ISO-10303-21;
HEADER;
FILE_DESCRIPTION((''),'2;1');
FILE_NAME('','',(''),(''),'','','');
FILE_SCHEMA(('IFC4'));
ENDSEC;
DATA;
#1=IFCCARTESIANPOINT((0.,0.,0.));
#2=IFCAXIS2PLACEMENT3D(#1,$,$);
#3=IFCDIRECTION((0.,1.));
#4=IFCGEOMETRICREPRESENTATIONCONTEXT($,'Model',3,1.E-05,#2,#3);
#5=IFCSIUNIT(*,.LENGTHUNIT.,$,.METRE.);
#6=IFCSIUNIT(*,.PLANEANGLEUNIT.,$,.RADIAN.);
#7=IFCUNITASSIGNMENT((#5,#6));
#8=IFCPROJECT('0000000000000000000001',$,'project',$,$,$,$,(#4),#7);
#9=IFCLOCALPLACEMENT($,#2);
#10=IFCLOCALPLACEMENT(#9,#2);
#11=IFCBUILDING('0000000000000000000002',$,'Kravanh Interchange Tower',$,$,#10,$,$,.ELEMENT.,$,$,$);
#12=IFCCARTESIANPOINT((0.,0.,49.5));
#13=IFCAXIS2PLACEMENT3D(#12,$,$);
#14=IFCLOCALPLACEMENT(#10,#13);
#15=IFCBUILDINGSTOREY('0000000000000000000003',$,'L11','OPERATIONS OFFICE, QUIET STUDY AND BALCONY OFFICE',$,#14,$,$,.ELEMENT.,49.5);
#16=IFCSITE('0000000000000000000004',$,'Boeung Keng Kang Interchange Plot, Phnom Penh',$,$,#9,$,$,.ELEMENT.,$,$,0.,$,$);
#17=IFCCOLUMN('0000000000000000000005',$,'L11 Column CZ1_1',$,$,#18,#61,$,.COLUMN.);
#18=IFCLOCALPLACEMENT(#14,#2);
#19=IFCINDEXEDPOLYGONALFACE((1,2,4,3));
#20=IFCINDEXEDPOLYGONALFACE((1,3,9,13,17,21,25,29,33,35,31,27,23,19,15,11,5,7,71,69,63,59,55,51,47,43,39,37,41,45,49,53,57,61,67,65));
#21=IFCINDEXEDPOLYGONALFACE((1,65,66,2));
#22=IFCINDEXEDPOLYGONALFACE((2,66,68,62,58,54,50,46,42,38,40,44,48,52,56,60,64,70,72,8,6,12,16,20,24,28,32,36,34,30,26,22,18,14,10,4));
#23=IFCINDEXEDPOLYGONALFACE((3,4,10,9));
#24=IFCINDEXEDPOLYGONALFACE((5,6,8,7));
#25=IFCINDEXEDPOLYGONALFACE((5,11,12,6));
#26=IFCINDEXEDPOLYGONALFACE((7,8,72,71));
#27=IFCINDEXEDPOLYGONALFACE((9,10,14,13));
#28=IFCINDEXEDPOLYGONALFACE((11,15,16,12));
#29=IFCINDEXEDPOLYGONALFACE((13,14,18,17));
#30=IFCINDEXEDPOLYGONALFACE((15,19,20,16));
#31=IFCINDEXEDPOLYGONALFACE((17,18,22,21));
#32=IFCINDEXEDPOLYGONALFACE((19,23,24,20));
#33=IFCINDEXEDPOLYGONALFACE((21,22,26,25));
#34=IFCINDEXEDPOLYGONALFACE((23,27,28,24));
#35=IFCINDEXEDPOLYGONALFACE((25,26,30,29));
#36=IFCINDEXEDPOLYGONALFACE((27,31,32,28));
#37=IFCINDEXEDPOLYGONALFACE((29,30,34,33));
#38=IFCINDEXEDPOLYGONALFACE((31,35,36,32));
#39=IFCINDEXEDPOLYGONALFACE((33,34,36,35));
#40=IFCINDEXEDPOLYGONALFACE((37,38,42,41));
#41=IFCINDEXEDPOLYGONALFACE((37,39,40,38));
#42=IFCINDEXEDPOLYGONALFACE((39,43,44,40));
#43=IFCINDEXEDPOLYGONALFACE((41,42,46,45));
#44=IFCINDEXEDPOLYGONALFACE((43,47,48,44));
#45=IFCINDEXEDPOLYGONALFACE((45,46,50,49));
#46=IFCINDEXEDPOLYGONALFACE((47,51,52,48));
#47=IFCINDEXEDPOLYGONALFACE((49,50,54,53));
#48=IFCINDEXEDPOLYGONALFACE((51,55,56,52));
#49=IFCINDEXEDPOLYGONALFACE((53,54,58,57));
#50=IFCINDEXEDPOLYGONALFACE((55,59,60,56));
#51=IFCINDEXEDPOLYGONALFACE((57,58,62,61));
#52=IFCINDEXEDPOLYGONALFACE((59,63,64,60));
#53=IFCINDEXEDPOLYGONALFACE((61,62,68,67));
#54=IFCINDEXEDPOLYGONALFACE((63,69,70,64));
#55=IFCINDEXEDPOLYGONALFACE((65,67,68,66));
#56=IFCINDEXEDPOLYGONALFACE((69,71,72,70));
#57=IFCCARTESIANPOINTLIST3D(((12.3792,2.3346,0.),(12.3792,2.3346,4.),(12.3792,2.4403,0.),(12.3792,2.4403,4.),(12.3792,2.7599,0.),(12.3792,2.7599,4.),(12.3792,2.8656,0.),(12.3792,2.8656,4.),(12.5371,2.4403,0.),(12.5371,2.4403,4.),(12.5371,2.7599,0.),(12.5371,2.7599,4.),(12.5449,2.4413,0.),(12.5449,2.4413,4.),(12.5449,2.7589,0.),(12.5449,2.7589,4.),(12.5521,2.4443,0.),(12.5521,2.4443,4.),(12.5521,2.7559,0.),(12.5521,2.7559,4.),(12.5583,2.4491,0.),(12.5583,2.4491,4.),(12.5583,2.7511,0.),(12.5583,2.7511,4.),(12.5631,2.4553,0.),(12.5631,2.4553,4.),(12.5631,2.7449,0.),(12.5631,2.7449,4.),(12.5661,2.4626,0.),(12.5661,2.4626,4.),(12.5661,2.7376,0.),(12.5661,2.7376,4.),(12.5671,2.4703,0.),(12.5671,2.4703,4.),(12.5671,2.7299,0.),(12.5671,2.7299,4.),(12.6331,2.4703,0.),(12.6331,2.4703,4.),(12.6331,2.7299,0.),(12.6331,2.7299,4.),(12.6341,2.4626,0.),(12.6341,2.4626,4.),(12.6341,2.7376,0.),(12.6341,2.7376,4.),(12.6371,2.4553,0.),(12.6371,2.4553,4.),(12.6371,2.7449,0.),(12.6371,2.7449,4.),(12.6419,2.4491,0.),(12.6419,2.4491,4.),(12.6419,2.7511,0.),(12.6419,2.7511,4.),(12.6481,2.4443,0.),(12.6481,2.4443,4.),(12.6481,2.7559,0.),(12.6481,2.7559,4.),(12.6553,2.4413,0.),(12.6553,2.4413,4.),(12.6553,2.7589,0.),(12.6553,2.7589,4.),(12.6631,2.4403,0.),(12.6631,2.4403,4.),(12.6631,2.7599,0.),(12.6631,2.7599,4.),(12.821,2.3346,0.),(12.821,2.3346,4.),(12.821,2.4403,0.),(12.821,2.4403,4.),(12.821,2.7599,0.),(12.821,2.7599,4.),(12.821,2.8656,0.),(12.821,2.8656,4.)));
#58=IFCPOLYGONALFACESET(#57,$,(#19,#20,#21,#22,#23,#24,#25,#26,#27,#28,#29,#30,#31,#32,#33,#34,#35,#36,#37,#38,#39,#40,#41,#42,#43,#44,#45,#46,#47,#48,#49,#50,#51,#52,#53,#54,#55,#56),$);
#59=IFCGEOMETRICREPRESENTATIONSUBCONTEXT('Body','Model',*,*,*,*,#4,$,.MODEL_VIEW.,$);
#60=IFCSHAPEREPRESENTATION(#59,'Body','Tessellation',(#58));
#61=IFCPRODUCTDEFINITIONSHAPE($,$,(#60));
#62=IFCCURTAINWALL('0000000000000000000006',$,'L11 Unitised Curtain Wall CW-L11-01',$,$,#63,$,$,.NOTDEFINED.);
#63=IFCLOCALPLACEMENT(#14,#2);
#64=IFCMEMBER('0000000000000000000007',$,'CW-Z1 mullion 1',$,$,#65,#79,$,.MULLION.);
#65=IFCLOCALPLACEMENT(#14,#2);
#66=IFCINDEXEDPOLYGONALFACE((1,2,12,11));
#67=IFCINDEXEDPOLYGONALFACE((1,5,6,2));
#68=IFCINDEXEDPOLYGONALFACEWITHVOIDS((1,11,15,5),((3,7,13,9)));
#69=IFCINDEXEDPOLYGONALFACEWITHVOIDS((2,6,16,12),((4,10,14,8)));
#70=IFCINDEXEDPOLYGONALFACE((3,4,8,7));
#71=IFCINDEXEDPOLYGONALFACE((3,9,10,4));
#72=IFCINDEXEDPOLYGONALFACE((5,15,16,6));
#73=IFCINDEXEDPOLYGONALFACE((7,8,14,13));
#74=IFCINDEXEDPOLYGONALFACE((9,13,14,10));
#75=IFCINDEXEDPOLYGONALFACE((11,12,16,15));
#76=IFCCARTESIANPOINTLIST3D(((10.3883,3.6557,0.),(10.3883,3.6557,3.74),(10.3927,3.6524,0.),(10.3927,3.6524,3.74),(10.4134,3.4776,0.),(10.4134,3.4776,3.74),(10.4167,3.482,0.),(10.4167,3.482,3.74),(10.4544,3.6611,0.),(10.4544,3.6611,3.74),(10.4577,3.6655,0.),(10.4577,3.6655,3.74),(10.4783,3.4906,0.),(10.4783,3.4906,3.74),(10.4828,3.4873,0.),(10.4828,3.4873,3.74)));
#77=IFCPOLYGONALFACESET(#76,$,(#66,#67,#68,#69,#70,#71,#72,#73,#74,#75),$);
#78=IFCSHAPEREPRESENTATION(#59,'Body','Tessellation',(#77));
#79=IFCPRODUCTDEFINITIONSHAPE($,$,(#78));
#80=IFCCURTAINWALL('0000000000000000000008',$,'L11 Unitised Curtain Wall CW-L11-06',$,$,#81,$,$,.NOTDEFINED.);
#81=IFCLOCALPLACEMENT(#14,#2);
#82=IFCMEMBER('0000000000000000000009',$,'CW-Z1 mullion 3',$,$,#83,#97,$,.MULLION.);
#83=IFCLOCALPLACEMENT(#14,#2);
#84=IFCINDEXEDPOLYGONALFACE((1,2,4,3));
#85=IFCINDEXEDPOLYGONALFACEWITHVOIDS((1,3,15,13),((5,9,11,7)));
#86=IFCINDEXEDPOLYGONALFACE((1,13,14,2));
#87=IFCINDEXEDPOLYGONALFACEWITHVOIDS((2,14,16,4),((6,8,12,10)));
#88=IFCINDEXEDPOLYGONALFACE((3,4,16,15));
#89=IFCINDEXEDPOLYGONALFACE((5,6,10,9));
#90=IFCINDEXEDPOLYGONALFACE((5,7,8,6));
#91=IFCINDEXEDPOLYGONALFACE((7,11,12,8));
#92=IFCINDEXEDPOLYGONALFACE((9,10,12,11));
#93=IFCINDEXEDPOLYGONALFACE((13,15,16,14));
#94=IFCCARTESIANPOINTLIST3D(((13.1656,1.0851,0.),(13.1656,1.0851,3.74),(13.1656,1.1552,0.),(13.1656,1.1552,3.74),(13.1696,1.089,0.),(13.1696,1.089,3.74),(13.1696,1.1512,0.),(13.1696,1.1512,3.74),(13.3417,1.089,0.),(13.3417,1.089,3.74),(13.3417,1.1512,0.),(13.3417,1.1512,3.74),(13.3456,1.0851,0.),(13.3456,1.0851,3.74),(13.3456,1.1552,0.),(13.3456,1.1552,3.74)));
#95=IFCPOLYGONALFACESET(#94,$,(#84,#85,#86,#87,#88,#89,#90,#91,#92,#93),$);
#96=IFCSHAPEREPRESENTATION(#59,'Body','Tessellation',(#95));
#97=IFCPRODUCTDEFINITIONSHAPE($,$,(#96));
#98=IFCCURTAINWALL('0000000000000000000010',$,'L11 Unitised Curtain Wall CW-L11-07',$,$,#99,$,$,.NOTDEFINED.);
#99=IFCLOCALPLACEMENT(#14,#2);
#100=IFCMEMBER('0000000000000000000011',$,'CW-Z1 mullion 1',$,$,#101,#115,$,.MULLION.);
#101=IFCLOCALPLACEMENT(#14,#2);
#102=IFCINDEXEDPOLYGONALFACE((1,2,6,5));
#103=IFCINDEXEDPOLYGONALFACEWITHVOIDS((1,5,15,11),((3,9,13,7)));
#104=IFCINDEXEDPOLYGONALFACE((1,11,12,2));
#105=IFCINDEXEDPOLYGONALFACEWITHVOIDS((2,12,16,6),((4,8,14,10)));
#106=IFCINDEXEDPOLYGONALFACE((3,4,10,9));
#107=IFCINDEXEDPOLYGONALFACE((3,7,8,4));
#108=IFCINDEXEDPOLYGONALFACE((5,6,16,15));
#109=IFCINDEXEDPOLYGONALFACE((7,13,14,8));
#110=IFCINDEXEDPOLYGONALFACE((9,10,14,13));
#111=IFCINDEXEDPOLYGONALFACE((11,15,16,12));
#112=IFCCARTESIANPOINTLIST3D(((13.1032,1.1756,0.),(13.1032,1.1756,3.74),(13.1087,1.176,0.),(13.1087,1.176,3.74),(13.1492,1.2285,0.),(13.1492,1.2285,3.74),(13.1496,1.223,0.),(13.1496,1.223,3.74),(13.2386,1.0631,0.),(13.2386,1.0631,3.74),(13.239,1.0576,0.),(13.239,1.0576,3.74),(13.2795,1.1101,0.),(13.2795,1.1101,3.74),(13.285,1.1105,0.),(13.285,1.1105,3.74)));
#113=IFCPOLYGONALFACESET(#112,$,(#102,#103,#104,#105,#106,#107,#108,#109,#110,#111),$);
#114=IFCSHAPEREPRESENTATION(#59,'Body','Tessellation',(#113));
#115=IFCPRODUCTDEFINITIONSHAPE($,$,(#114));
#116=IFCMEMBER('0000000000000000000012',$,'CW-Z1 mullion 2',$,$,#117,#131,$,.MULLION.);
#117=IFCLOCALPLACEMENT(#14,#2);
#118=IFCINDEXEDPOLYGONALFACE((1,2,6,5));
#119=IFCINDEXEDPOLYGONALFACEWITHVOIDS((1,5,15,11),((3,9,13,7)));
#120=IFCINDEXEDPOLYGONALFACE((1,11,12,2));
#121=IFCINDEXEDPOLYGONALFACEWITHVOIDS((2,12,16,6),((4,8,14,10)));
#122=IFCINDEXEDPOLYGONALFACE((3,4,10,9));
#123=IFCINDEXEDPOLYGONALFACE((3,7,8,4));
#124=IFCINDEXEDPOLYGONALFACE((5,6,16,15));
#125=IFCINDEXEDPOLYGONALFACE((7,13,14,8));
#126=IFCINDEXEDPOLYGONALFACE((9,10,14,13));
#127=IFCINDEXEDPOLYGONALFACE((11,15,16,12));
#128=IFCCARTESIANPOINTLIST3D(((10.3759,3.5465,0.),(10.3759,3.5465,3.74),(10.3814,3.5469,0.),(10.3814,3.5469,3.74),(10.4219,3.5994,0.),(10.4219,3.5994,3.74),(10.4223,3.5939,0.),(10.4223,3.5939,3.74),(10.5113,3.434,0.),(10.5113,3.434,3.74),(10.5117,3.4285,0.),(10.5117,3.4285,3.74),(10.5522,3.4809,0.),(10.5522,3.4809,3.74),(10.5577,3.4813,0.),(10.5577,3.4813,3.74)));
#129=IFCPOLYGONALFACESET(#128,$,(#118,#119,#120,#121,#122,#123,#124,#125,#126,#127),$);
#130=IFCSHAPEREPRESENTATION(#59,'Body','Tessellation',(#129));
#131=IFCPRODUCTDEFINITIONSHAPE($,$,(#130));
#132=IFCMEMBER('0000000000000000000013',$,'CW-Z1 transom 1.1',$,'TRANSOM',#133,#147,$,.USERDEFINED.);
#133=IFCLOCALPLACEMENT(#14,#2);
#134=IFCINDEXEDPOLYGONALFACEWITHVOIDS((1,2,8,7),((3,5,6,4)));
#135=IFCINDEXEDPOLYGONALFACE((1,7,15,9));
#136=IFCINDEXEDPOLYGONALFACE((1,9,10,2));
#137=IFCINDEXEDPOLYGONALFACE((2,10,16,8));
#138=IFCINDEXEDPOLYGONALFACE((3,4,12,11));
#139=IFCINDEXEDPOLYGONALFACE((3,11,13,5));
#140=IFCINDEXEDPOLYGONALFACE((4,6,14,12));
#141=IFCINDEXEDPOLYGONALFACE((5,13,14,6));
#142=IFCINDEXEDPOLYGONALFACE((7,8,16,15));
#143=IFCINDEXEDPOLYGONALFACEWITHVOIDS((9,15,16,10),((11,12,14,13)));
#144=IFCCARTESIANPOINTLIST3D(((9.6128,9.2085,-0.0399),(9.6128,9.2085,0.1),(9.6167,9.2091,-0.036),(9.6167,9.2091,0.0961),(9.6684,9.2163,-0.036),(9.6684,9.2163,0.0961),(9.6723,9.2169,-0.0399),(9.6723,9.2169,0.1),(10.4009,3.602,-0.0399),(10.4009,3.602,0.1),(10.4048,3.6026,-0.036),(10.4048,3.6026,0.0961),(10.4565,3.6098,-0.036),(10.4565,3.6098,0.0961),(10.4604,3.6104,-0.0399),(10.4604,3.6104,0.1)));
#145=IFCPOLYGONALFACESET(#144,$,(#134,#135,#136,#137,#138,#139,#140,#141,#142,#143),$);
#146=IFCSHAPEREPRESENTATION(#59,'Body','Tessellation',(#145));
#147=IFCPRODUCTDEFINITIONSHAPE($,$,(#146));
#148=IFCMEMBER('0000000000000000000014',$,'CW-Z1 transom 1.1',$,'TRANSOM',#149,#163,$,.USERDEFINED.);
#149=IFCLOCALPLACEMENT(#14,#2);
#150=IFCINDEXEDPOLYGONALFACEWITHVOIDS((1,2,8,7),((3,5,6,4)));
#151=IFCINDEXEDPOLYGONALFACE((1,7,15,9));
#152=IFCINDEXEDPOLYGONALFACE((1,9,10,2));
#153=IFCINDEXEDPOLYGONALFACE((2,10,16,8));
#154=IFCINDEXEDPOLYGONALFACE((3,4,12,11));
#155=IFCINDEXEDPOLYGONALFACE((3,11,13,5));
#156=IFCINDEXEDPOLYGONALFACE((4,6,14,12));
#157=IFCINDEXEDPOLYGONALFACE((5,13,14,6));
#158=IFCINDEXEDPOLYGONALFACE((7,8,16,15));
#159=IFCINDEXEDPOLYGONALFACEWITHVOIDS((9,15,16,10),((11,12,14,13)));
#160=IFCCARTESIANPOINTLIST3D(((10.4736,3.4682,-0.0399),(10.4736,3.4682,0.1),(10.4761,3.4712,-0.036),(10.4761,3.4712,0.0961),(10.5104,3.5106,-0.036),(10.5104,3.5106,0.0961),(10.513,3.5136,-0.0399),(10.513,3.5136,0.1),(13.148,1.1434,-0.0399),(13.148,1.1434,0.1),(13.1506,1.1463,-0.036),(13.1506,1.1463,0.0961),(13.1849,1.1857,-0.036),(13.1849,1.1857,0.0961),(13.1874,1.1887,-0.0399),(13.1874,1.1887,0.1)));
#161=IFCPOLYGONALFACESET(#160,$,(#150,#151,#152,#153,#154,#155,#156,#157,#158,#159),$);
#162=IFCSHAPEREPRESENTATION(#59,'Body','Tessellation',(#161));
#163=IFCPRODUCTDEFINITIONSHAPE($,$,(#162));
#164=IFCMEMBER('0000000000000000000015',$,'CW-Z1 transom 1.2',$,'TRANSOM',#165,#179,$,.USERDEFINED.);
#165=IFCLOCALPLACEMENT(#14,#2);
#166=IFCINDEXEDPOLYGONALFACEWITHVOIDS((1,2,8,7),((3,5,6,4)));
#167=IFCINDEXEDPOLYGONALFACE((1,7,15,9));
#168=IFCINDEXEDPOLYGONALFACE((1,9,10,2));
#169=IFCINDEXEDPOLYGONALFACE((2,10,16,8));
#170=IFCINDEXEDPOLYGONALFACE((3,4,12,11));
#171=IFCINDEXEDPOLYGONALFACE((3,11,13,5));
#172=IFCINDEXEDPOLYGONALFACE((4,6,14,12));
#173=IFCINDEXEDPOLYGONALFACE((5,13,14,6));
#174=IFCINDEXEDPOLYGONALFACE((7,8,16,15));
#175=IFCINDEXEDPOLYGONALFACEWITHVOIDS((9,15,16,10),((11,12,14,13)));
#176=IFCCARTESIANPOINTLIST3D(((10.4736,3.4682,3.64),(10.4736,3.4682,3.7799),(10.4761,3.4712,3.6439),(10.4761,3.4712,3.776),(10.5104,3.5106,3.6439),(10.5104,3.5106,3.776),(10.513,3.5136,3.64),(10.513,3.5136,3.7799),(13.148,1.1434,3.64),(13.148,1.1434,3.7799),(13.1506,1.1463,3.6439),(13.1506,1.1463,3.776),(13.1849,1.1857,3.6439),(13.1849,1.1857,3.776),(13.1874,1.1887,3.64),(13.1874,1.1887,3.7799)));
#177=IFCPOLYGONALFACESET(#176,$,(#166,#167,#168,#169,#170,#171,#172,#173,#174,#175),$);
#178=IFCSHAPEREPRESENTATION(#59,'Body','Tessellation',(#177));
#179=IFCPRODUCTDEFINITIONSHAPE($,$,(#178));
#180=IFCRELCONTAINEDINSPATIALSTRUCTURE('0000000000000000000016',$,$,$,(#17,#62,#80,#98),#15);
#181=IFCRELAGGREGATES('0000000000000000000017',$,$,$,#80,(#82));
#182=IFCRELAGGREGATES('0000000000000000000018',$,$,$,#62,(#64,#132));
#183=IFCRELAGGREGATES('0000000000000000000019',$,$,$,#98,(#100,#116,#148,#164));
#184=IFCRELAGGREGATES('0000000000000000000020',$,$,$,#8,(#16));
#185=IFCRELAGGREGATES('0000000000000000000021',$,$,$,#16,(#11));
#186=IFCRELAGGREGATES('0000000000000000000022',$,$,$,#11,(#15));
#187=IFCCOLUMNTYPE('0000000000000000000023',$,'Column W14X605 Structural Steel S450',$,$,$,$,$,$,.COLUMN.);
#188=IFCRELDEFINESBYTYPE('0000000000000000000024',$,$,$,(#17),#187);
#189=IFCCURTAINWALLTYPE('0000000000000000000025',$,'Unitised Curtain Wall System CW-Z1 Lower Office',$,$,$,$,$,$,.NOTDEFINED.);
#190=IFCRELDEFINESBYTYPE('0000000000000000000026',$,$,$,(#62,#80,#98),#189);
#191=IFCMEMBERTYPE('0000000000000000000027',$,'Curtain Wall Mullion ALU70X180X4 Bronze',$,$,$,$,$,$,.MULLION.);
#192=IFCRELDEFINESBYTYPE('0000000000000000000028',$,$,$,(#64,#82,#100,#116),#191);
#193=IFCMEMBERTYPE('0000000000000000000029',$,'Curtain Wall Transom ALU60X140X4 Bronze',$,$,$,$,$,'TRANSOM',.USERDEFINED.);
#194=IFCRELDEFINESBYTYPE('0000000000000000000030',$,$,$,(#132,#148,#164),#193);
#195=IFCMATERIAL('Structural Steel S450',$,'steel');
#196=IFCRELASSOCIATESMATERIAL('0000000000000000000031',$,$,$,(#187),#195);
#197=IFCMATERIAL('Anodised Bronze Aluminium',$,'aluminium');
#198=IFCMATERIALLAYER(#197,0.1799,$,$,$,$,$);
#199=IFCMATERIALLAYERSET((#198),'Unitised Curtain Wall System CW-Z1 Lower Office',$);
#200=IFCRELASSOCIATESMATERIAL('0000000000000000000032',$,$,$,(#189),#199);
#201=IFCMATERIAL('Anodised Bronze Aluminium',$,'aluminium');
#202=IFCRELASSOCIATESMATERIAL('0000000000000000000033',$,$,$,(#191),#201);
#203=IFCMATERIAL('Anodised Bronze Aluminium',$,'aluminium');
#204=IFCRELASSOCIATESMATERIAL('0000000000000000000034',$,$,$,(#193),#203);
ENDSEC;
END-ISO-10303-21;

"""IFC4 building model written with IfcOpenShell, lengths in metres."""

from ifc_helpers import new_model, si_unit, direction, frame, origin, origin_2d, place, context, subcontext, project, spatial, hollow_rectangle, i_section, extrude, material, layer, layer_set, material_profile, profile_set, type_object, element, aggregate, save


model = new_model("IFC4")

# Units and contexts
model_context = context("Model", 3, precision=1e-05, world=origin(), true_north=direction((0.0, 1.0)))
body_context = subcontext(model_context, "Body", "Model", "MODEL_VIEW")
ifc_project = project(units=[si_unit("LENGTHUNIT", "METRE"), si_unit("PLANEANGLEUNIT", "RADIAN")], contexts=[model_context])

# Site, building, storey
site_placement = place(None, origin())
site = spatial("IfcSite", under=ifc_project, at=site_placement, Name="Boeung Keng Kang Interchange Plot, Phnom Penh", CompositionType="ELEMENT", RefElevation=0.0)
building_placement = place(site_placement, origin())
building = spatial("IfcBuilding", under=site, at=building_placement, Name="Kravanh Interchange Tower", CompositionType="ELEMENT")
storey_placement = place(building_placement, frame((0.0, 0.0, 49.5)))
storey = spatial("IfcBuildingStorey", under=building, at=storey_placement, Name="L11", Description="OPERATIONS OFFICE, QUIET STUDY AND BALCONY OFFICE", CompositionType="ELEMENT", Elevation=49.5)

# Column
ifc_material_1 = material(Name="Structural Steel S450", Category="steel")
ifc_material_profile_1 = material_profile(ifc_material_1, i_section(OverallWidth=0.4419, OverallDepth=0.531, WebThickness=0.0659, FlangeThickness=0.1057, FilletRadius=0.03, at=origin_2d()), Name="W14X605")
ifc_profile_set_1 = profile_set([ifc_material_profile_1], Name="Structural Steel S450")
column_type = type_object("IfcColumnType", Name="Column W14X605 Structural Steel S450", PredefinedType="COLUMN", material=ifc_profile_set_1)
column_placement = place(storey_placement, frame((12.6001, 2.6001, 0.0), z_axis=(0.0, 0.0, 1.0), x_axis=(1.0, 0.0, 0.0)))
element("IfcColumn", 1, at=column_placement, inside=storey, type_object=column_type, Name="L11 Column CZ1_1", PredefinedType="COLUMN", context=body_context, shape_type="SweptSolid", body=[
    extrude(i_section(OverallWidth=0.4419, OverallDepth=0.531, WebThickness=0.0659, FlangeThickness=0.1057, FilletRadius=0.03, at=origin_2d()), origin(), (0.0, 0.0, 1.0), 4.0),
])

# Curtain walls, members
ifc_material_2 = material(Name="Anodised Bronze Aluminium", Category="aluminium")
ifc_layer_1 = layer(ifc_material_2, 0.1799)
ifc_layer_set_1 = layer_set([ifc_layer_1], Name="Unitised Curtain Wall System CW-Z1 Lower Office")
curtain_wall_type = type_object("IfcCurtainWallType", Name="Unitised Curtain Wall System CW-Z1 Lower Office", PredefinedType="NOTDEFINED", material=ifc_layer_set_1)
curtain_wall_1_placement = place(storey_placement, origin())
curtain_wall_1 = element("IfcCurtainWall", 2, at=curtain_wall_1_placement, inside=storey, type_object=curtain_wall_type, Name="L11 Unitised Curtain Wall CW-L11-01", PredefinedType="NOTDEFINED")
ifc_material_3 = material(Name="Anodised Bronze Aluminium", Category="aluminium")
ifc_material_profile_2 = material_profile(ifc_material_3, hollow_rectangle(XDim=0.0701, YDim=0.1799, WallThickness=0.0039, at=origin_2d()), Name="ALU70X180X4")
ifc_profile_set_2 = profile_set([ifc_material_profile_2], Name="Anodised Bronze Aluminium")
member_type_1 = type_object("IfcMemberType", Name="Curtain Wall Mullion ALU70X180X4 Bronze", PredefinedType="MULLION", material=ifc_profile_set_2)
member_1_placement = place(storey_placement, frame((10.4355, 3.5715, 0.0), z_axis=(0.0, 0.0, 1.0), x_axis=(-0.990268, -0.139177, 0.0)))
member_1 = element("IfcMember", 3, at=member_1_placement, type_object=member_type_1, Name="CW-Z1 mullion 1", PredefinedType="MULLION", context=body_context, shape_type="SweptSolid", body=[
    extrude(hollow_rectangle(XDim=0.0701, YDim=0.1799, WallThickness=0.0039, at=origin_2d()), origin(), (0.0, 0.0, 1.0), 3.74),
])
curtain_wall_2_placement = place(storey_placement, origin())
curtain_wall_2 = element("IfcCurtainWall", 4, at=curtain_wall_2_placement, inside=storey, type_object=curtain_wall_type, Name="L11 Unitised Curtain Wall CW-L11-06", PredefinedType="NOTDEFINED")
member_2_placement = place(storey_placement, frame((13.2556, 1.1201, 0.0), z_axis=(0.0, 0.0, 1.0), x_axis=(0.0, -1.0, 0.0)))
member_2 = element("IfcMember", 5, at=member_2_placement, type_object=member_type_1, Name="CW-Z1 mullion 3", PredefinedType="MULLION", context=body_context, shape_type="SweptSolid", body=[
    extrude(hollow_rectangle(XDim=0.0701, YDim=0.1799, WallThickness=0.0039, at=origin_2d()), origin(), (0.0, 0.0, 1.0), 3.74),
])
aggregate(curtain_wall_2, [member_2])

# Curtain wall, members
curtain_wall_3_placement = place(storey_placement, origin())
curtain_wall_3 = element("IfcCurtainWall", 6, at=curtain_wall_3_placement, inside=storey, type_object=curtain_wall_type, Name="L11 Unitised Curtain Wall CW-L11-07", PredefinedType="NOTDEFINED")
member_3_placement = place(storey_placement, frame((13.1941, 1.1431, 0.0), z_axis=(0.0, 0.0, 1.0), x_axis=(-0.65606, -0.754708, 0.0)))
member_3 = element("IfcMember", 7, at=member_3_placement, type_object=member_type_1, Name="CW-Z1 mullion 1", PredefinedType="MULLION", context=body_context, shape_type="SweptSolid", body=[
    extrude(hollow_rectangle(XDim=0.0701, YDim=0.1799, WallThickness=0.0039, at=origin_2d()), origin(), (0.0, 0.0, 1.0), 3.74),
])
member_4_placement = place(storey_placement, frame((10.4668, 3.5139, 0.0), z_axis=(0.0, 0.0, 1.0), x_axis=(-0.65606, -0.754708, 0.0)))
member_4 = element("IfcMember", 8, at=member_4_placement, type_object=member_type_1, Name="CW-Z1 mullion 2", PredefinedType="MULLION", context=body_context, shape_type="SweptSolid", body=[
    extrude(hollow_rectangle(XDim=0.0701, YDim=0.1799, WallThickness=0.0039, at=origin_2d()), origin(), (0.0, 0.0, 1.0), 3.74),
])

# Members
ifc_material_4 = material(Name="Anodised Bronze Aluminium", Category="aluminium")
ifc_material_profile_3 = material_profile(ifc_material_4, hollow_rectangle(XDim=0.0601, YDim=0.1399, WallThickness=0.0039, at=origin_2d()), Name="ALU60X140X4")
ifc_profile_set_3 = profile_set([ifc_material_profile_3], Name="Anodised Bronze Aluminium")
member_type_2 = type_object("IfcMemberType", Name="Curtain Wall Transom ALU60X140X4 Bronze", ElementType="TRANSOM", PredefinedType="USERDEFINED", material=ifc_profile_set_3)
member_5_placement = place(storey_placement, frame((10.4307, 3.6062, 0.03), z_axis=(-0.139199, 0.990264, 0.0), x_axis=(-0.990264, -0.139199, 0.0)))
member_5 = element("IfcMember", 9, at=member_5_placement, type_object=member_type_2, Name="CW-Z1 transom 1.1", ObjectType="TRANSOM", PredefinedType="USERDEFINED", context=body_context, shape_type="SweptSolid", body=[
    extrude(hollow_rectangle(XDim=0.0601, YDim=0.1399, WallThickness=0.0039, at=origin_2d()), origin(), (0.0, 0.0, 1.0), 5.6616),
])
aggregate(curtain_wall_1, [member_1, member_5])
member_6_placement = place(storey_placement, frame((13.1677, 1.166, 0.03), z_axis=(-0.754711, 0.656058, 0.0), x_axis=(-0.656058, -0.754711, 0.0)))
member_6 = element("IfcMember", 10, at=member_6_placement, type_object=member_type_2, Name="CW-Z1 transom 1.1", ObjectType="TRANSOM", PredefinedType="USERDEFINED", context=body_context, shape_type="SweptSolid", body=[
    extrude(hollow_rectangle(XDim=0.0601, YDim=0.1399, WallThickness=0.0039, at=origin_2d()), origin(), (0.0, 0.0, 1.0), 3.5437),
])
member_7_placement = place(storey_placement, frame((13.1677, 1.166, 3.71), z_axis=(-0.754711, 0.656058, 0.0), x_axis=(-0.656058, -0.754711, 0.0)))
member_7 = element("IfcMember", 11, at=member_7_placement, type_object=member_type_2, Name="CW-Z1 transom 1.2", ObjectType="TRANSOM", PredefinedType="USERDEFINED", context=body_context, shape_type="SweptSolid", body=[
    extrude(hollow_rectangle(XDim=0.0601, YDim=0.1399, WallThickness=0.0039, at=origin_2d()), origin(), (0.0, 0.0, 1.0), 3.5437),
])

aggregate(curtain_wall_3, [member_3, member_4, member_6, member_7])

save(model, "model.ifc")
